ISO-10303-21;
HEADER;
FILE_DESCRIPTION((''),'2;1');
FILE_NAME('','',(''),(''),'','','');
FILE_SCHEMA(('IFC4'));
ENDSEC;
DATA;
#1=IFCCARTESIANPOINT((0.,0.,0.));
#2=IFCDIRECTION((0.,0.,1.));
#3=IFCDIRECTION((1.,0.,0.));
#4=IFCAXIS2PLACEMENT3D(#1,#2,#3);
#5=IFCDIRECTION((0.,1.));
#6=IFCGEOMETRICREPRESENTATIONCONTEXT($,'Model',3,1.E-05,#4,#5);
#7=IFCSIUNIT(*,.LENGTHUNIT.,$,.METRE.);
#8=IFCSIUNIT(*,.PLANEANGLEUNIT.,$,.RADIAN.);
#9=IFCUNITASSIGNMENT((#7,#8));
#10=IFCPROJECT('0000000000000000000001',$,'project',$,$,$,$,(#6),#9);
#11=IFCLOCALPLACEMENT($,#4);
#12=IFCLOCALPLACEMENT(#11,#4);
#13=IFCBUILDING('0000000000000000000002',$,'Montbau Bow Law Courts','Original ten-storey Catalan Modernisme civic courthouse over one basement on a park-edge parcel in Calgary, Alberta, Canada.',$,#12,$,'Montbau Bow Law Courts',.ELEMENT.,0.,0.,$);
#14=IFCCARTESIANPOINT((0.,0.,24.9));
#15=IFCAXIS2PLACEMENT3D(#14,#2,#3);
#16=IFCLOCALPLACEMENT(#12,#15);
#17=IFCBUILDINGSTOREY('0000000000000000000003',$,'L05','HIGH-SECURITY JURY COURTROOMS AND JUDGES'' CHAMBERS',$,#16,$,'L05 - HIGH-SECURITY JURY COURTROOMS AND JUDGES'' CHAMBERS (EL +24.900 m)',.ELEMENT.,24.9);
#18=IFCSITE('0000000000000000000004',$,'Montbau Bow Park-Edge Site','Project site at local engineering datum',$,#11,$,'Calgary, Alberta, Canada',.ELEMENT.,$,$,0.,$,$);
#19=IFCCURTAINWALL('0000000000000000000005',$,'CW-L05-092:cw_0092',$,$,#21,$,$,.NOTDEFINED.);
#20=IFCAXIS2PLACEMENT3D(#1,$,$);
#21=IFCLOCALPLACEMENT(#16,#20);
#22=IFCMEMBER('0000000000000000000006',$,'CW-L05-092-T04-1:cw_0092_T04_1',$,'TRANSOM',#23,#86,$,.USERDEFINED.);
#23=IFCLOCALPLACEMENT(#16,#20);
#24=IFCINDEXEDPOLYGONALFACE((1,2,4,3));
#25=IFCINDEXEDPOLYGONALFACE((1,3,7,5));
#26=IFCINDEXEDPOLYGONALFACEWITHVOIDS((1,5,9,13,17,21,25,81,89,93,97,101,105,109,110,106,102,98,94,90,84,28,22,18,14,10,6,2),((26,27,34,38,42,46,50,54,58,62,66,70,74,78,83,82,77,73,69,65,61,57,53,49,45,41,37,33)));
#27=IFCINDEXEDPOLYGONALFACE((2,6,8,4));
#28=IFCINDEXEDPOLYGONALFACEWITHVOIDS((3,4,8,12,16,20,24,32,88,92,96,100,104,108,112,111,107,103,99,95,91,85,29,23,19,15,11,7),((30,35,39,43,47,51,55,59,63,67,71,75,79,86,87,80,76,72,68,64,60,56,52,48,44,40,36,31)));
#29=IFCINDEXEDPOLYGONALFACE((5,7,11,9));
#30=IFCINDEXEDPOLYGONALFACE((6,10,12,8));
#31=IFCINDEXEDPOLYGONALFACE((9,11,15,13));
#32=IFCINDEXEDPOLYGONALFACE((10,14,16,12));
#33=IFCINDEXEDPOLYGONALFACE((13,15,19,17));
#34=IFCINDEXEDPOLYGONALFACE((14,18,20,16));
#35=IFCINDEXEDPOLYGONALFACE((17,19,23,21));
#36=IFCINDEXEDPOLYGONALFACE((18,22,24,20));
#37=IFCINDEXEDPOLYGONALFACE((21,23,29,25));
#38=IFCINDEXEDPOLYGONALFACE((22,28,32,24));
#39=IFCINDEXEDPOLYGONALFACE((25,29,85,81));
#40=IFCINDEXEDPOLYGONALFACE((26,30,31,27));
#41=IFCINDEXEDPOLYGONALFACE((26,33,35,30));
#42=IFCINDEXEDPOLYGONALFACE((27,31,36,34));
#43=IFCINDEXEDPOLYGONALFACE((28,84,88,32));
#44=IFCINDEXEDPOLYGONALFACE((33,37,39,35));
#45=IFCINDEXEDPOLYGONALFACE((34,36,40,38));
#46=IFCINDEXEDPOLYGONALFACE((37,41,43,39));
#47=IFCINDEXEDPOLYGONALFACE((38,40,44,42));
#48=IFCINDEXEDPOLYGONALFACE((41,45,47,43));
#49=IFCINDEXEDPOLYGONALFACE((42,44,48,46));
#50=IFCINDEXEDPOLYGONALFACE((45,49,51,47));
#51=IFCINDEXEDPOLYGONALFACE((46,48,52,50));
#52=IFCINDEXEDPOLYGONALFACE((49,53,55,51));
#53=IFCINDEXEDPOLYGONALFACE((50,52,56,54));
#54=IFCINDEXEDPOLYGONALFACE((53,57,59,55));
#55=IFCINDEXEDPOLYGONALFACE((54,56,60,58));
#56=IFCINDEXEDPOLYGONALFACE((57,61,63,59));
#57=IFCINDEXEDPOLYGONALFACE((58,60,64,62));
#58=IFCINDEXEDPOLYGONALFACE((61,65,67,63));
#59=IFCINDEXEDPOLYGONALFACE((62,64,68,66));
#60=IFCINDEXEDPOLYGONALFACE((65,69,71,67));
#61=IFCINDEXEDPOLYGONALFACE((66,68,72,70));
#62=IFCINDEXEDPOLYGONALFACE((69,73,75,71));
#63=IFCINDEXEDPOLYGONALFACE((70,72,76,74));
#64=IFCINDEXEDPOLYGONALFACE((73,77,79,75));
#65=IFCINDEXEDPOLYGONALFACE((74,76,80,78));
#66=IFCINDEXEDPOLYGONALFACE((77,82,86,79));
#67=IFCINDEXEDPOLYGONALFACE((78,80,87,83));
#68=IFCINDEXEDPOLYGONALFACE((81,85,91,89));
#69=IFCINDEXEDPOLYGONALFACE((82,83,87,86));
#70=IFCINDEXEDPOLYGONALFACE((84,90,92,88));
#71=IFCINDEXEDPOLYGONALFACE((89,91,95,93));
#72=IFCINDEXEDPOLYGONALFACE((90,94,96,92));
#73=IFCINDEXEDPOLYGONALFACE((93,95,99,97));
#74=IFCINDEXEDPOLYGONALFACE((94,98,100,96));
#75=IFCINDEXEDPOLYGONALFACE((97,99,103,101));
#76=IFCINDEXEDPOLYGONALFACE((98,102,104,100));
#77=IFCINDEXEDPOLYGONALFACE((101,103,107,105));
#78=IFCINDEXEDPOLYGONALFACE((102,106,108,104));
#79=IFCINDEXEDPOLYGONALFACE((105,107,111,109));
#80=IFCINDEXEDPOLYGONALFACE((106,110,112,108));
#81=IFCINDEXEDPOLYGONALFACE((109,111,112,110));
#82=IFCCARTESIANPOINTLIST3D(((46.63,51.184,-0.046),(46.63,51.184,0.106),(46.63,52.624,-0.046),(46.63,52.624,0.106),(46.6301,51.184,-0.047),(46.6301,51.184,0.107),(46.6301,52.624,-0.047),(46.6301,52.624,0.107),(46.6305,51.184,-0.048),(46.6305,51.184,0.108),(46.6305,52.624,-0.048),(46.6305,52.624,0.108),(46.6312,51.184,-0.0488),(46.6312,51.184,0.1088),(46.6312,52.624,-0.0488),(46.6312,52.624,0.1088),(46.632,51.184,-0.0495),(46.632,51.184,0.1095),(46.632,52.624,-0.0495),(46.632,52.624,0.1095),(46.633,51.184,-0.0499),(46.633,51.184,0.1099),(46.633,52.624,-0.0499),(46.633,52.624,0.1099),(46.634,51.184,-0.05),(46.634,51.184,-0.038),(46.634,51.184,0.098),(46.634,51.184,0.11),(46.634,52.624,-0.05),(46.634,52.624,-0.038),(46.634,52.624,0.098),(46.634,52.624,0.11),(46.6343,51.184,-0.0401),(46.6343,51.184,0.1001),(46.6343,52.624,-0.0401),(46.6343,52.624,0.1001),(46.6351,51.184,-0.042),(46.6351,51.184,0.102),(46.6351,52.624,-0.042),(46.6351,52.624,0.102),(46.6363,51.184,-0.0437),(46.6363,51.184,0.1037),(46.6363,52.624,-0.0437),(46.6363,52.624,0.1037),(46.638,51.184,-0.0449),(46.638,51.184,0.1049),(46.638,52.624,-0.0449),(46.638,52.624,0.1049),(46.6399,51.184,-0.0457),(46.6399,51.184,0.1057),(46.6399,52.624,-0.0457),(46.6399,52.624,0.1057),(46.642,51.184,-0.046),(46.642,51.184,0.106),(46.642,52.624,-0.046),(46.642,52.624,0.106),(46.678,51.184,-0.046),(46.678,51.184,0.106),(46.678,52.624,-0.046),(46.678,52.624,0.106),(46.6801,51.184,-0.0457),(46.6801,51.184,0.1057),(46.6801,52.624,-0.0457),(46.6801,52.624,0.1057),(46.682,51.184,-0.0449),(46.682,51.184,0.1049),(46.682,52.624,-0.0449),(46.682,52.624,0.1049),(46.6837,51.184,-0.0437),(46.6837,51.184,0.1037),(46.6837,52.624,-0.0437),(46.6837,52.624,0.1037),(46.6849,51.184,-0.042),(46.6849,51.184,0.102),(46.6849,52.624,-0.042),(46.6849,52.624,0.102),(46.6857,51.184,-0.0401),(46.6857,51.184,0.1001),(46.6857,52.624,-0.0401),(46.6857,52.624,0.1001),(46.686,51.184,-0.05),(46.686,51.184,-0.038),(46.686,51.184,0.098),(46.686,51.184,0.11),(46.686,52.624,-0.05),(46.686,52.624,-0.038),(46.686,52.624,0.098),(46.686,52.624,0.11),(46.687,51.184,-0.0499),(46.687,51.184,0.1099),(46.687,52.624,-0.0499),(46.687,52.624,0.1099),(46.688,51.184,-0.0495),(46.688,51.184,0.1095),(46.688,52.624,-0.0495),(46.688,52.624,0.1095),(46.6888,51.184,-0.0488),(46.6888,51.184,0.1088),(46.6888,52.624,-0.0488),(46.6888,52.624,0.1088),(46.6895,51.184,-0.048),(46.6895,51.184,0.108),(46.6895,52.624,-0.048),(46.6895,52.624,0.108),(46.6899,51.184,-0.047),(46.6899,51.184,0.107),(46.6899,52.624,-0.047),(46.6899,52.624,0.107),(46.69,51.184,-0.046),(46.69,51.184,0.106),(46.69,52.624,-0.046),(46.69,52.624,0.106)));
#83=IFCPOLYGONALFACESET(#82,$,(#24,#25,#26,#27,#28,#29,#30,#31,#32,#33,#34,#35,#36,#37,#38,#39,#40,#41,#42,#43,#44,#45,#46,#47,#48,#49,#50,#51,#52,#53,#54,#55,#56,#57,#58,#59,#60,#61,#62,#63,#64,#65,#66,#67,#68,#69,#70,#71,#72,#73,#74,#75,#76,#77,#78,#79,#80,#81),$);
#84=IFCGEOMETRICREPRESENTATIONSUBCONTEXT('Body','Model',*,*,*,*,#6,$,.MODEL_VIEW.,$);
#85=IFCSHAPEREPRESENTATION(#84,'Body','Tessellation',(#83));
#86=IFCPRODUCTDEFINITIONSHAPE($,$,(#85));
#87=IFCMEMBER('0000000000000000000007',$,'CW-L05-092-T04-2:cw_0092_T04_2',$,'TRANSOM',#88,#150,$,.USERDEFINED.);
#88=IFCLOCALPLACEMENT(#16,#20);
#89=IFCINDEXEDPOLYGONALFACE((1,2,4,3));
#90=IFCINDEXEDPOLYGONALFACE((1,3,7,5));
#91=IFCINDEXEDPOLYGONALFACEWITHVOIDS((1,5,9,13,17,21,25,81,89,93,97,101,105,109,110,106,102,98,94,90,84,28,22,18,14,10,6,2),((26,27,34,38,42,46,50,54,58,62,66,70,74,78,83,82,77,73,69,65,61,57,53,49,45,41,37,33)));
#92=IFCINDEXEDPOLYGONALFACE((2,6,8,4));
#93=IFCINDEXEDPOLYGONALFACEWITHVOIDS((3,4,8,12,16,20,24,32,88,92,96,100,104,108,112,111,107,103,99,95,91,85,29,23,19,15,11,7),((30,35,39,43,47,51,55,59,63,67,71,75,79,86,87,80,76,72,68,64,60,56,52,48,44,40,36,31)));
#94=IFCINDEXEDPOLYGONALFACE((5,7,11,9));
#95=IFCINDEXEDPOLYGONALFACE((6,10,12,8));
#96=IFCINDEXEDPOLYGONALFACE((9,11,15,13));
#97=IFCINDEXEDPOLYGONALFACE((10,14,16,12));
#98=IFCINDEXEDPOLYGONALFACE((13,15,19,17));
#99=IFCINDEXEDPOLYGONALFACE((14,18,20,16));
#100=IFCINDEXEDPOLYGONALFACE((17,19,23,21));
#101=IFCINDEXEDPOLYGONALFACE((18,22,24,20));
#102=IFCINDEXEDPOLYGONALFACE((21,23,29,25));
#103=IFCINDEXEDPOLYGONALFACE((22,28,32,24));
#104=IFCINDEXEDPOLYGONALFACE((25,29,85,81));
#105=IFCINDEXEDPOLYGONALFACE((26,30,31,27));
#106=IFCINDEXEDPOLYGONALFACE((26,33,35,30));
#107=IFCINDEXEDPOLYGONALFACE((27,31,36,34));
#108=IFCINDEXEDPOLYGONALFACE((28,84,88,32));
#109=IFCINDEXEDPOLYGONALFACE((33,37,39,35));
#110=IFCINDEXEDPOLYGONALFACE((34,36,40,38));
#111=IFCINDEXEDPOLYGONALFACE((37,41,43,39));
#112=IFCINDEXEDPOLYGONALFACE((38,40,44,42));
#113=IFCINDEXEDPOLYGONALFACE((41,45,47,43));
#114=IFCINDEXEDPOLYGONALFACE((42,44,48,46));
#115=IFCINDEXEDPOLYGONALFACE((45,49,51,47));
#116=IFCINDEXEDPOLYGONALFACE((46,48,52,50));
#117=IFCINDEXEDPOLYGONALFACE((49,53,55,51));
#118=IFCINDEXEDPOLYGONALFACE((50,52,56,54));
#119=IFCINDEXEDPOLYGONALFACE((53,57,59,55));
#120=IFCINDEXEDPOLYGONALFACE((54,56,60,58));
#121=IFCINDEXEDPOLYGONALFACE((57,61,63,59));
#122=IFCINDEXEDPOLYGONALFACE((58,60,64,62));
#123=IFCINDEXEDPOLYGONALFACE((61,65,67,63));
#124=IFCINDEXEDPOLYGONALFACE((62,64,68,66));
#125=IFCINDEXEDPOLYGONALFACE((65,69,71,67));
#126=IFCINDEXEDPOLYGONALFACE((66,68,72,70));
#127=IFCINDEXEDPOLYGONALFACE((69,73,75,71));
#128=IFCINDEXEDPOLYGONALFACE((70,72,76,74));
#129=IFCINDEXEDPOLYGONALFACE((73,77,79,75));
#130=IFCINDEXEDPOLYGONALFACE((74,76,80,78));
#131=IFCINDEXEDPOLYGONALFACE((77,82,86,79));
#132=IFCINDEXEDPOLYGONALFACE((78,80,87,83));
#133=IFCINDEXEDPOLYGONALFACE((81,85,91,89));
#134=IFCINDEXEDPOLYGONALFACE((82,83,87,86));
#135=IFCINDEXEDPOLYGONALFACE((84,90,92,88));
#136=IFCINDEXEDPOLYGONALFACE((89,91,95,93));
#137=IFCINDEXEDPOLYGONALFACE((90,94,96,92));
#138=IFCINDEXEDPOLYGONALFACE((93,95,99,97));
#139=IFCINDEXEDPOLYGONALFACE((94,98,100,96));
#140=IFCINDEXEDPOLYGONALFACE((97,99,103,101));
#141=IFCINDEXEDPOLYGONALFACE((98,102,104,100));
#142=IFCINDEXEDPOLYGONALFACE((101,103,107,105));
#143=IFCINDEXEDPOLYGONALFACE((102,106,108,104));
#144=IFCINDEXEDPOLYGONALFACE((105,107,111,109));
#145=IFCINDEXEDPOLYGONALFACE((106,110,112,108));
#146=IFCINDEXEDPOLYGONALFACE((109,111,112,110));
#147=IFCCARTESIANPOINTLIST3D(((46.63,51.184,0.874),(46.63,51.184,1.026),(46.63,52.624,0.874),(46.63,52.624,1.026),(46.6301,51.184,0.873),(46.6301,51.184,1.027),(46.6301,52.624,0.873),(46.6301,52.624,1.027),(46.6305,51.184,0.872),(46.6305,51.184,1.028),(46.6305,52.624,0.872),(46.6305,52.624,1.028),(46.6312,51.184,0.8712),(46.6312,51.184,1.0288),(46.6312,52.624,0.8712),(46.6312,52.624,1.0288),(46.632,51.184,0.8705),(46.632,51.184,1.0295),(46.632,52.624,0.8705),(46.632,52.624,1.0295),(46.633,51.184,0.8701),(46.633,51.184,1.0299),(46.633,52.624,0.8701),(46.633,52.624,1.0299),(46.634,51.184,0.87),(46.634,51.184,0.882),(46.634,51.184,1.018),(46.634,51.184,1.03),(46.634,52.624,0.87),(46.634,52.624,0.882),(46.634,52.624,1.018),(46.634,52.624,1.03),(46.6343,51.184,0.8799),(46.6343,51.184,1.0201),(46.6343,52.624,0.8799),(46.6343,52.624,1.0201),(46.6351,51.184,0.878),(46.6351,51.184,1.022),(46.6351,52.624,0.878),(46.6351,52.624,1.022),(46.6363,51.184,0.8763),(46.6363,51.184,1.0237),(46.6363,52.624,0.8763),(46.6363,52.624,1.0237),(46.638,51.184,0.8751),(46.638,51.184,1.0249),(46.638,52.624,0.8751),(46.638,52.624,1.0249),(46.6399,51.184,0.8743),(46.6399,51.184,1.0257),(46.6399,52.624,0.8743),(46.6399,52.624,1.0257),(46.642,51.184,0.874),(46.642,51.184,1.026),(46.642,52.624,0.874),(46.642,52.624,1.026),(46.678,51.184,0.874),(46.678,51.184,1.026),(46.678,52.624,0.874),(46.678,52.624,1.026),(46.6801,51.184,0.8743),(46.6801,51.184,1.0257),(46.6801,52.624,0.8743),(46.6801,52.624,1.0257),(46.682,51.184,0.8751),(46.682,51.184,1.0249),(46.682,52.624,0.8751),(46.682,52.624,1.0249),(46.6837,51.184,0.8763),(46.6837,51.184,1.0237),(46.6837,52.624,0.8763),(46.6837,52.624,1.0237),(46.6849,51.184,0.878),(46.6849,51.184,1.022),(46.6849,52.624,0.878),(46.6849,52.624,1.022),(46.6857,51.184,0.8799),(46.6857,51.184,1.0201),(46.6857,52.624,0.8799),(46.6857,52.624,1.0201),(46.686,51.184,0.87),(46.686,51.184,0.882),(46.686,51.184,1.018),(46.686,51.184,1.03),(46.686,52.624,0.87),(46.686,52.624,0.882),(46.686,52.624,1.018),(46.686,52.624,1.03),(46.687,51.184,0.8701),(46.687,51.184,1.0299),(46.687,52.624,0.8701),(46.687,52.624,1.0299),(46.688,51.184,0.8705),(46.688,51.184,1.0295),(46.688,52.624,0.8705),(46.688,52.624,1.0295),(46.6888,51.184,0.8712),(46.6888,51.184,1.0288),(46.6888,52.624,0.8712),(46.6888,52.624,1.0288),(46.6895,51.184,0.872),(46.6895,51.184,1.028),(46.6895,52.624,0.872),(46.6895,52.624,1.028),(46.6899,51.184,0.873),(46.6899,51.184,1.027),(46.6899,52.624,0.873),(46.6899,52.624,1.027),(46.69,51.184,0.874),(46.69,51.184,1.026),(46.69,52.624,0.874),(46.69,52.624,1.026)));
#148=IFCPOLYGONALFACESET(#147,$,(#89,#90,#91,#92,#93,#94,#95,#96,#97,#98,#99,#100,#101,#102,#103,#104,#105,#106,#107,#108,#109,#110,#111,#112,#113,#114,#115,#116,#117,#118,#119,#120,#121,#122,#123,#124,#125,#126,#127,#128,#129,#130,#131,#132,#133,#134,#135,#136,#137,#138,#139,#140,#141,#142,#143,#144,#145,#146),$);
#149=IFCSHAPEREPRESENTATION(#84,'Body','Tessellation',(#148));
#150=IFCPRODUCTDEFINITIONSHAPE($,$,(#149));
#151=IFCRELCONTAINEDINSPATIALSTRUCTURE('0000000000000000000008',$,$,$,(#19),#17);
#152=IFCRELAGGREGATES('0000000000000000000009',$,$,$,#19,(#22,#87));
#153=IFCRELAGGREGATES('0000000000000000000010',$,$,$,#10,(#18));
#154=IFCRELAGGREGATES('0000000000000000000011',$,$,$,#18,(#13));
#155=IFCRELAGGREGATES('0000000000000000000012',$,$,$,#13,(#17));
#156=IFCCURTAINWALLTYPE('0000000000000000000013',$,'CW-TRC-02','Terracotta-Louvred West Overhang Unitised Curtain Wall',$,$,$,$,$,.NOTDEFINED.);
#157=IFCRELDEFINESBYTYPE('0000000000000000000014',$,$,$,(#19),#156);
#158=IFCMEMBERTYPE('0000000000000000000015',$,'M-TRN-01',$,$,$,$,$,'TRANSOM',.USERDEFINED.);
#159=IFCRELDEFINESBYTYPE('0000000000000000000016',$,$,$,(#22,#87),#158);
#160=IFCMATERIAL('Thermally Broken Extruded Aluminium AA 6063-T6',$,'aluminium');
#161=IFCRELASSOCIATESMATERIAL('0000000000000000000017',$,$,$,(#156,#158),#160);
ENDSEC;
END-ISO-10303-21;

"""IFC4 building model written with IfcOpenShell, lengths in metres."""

from ifc_helpers import new_model, si_unit, direction, frame, origin_with_axes, origin_2d_with_axis, place, context, subcontext, project, spatial, hollow_rectangle, extrude, material, material_profile, profile_set, type_object, element, aggregate, save


model = new_model("IFC4")

# Units and contexts
model_context = context("Model", 3, precision=1e-05, world=origin_with_axes(), true_north=direction((0.0, 1.0)))
body_context = subcontext(model_context, "Body", "Model", "MODEL_VIEW")
ifc_project = project(units=[si_unit("LENGTHUNIT", "METRE"), si_unit("PLANEANGLEUNIT", "RADIAN")], contexts=[model_context])

# Site, building, storey
site_placement = place(None, origin_with_axes())
site = spatial("IfcSite", under=ifc_project, at=site_placement, Name="Montbau Bow Park-Edge Site", Description="Project site at local engineering datum", LongName="Calgary, Alberta, Canada", CompositionType="ELEMENT", RefElevation=0.0)
building_placement = place(site_placement, origin_with_axes())
building = spatial("IfcBuilding", under=site, at=building_placement, Name="Montbau Bow Law Courts", Description="Original ten-storey Catalan Modernisme civic courthouse over one basement on a park-edge parcel in Calgary, Alberta, Canada.", LongName="Montbau Bow Law Courts", CompositionType="ELEMENT", ElevationOfRefHeight=0.0, ElevationOfTerrain=0.0)
storey_placement = place(building_placement, frame((0.0, 0.0, 24.9), z_axis=(0.0, 0.0, 1.0), x_axis=(1.0, 0.0, 0.0)))
storey = spatial("IfcBuildingStorey", under=building, at=storey_placement, Name="L05", Description="HIGH-SECURITY JURY COURTROOMS AND JUDGES' CHAMBERS", LongName="L05 - HIGH-SECURITY JURY COURTROOMS AND JUDGES' CHAMBERS (EL +24.900 m)", CompositionType="ELEMENT", Elevation=24.9)

# Curtain wall, members
ifc_material_1 = material(Name="Thermally Broken Extruded Aluminium AA 6063-T6", Category="aluminium")
curtain_wall_type = type_object("IfcCurtainWallType", Name="CW-TRC-02", Description="Terracotta-Louvred West Overhang Unitised Curtain Wall", PredefinedType="NOTDEFINED", material=ifc_material_1)
curtain_wall_placement = place(None, frame((46.66, 46.64, 24.9), z_axis=(0.0, 0.0, 1.0), x_axis=(1.0, 0.0, 0.0)))
curtain_wall = element("IfcCurtainWall", 1, at=curtain_wall_placement, inside=storey, type_object=curtain_wall_type, Name="CW-L05-092:cw_0092", PredefinedType="NOTDEFINED")
ifc_material_profile_1 = material_profile(ifc_material_1, hollow_rectangle(XDim=0.06, YDim=0.16, WallThickness=0.004, InnerFilletRadius=0.008, OuterFilletRadius=0.004, at=origin_2d_with_axis()), Name="CWT-160X60", Category="Main", Priority=0)
ifc_profile_set_1 = profile_set([ifc_material_profile_1], Name="Thermally Broken Extruded Aluminium AA 6063-T6")
member_type_1 = type_object("IfcMemberType", Name="M-TRN-01", ElementType="TRANSOM", PredefinedType="USERDEFINED", material=ifc_profile_set_1)
member_1_placement = place(None, frame((46.66, 51.184, 24.93), z_axis=(0.0, 1.0, 0.0), x_axis=(-1.0, 0.0, 0.0)))
member_1 = element("IfcMember", 2, at=member_1_placement, type_object=member_type_1, Name="CW-L05-092-T04-1:cw_0092_T04_1", ObjectType="TRANSOM", PredefinedType="USERDEFINED", context=body_context, shape_type="SweptSolid", body=[
    extrude(hollow_rectangle(XDim=0.06, YDim=0.16, WallThickness=0.004, InnerFilletRadius=0.008, OuterFilletRadius=0.004, at=origin_2d_with_axis()), origin_with_axes(), (0.0, 0.0, 1.0), 1.44),
])
member_2_placement = place(None, frame((46.66, 51.184, 25.85), z_axis=(0.0, 1.0, 0.0), x_axis=(-1.0, 0.0, 0.0)))
member_2 = element("IfcMember", 3, at=member_2_placement, type_object=member_type_1, Name="CW-L05-092-T04-2:cw_0092_T04_2", ObjectType="TRANSOM", PredefinedType="USERDEFINED", context=body_context, shape_type="SweptSolid", body=[
    extrude(hollow_rectangle(XDim=0.06, YDim=0.16, WallThickness=0.004, InnerFilletRadius=0.008, OuterFilletRadius=0.004, at=origin_2d_with_axis()), origin_with_axes(), (0.0, 0.0, 1.0), 1.44),
])
aggregate(curtain_wall, [member_1, member_2])

save(model, "model.ifc")
